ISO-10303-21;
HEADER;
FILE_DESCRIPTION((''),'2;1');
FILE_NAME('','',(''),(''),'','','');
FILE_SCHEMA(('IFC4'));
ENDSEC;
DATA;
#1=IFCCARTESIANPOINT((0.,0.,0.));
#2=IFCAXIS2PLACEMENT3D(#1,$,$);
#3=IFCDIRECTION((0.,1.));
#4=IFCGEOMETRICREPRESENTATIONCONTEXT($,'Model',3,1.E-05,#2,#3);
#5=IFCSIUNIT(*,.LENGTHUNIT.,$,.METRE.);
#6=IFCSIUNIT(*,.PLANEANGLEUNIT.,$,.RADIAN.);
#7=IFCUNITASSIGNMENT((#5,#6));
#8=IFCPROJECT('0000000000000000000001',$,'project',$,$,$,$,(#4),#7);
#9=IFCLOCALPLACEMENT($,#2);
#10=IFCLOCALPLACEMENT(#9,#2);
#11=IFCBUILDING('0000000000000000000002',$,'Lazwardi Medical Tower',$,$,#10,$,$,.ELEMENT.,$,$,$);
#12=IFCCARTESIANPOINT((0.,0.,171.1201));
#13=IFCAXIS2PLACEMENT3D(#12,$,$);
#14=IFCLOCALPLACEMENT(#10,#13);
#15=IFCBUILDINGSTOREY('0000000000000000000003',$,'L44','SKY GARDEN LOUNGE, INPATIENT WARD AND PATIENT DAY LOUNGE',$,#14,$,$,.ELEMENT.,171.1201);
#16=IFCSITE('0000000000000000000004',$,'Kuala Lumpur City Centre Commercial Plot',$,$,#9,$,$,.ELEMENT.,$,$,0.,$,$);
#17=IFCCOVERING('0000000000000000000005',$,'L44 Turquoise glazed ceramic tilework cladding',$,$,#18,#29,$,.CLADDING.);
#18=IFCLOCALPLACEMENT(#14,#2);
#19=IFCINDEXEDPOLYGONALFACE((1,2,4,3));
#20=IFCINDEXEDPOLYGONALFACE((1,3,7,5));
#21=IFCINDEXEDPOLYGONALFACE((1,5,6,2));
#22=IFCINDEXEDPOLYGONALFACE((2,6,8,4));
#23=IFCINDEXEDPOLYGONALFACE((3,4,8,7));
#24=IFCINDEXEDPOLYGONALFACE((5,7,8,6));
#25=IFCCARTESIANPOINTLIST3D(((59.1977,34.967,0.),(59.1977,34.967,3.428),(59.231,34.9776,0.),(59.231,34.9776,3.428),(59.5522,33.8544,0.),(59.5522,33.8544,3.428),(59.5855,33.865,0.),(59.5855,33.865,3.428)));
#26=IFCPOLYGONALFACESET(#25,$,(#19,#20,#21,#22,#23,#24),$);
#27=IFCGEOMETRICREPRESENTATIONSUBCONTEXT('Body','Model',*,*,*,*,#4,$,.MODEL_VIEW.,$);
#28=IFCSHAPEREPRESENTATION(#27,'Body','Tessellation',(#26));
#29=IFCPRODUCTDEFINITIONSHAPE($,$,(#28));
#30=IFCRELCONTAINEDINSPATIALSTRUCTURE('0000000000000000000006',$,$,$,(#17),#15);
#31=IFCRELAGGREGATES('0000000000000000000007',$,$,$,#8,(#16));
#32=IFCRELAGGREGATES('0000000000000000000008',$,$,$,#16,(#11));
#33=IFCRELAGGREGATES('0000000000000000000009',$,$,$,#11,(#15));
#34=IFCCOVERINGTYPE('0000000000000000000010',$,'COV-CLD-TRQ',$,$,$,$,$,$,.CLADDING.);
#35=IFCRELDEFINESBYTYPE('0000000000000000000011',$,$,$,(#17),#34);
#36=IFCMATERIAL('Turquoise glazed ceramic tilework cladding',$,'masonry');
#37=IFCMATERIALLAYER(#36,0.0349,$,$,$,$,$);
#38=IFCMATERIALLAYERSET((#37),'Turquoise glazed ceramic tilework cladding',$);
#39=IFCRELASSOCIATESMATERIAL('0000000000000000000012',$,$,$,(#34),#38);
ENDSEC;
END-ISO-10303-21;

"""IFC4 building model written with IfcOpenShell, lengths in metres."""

from ifc_helpers import new_model, si_unit, direction, frame, origin, origin_2d, place, context, subcontext, project, spatial, rectangle, extrude, material, layer, layer_set, type_object, element, save


model = new_model("IFC4")

# Units and contexts
model_context = context("Model", 3, precision=1e-05, world=origin(), true_north=direction((0.0, 1.0)))
body_context = subcontext(model_context, "Body", "Model", "MODEL_VIEW")
ifc_project = project(units=[si_unit("LENGTHUNIT", "METRE"), si_unit("PLANEANGLEUNIT", "RADIAN")], contexts=[model_context])

# Site, building, storey
site_placement = place(None, origin())
site = spatial("IfcSite", under=ifc_project, at=site_placement, Name="Kuala Lumpur City Centre Commercial Plot", CompositionType="ELEMENT", RefElevation=0.0)
building_placement = place(site_placement, origin())
building = spatial("IfcBuilding", under=site, at=building_placement, Name="Lazwardi Medical Tower", CompositionType="ELEMENT")
storey_placement = place(building_placement, frame((0.0, 0.0, 171.1201)))
storey = spatial("IfcBuildingStorey", under=building, at=storey_placement, Name="L44", Description="SKY GARDEN LOUNGE, INPATIENT WARD AND PATIENT DAY LOUNGE", CompositionType="ELEMENT", Elevation=171.1201)

# Covering
ifc_material_1 = material(Name="Turquoise glazed ceramic tilework cladding", Category="masonry")
ifc_layer_1 = layer(ifc_material_1, 0.0349)
ifc_layer_set_1 = layer_set([ifc_layer_1], Name="Turquoise glazed ceramic tilework cladding")
covering_type_1 = type_object("IfcCoveringType", Name="COV-CLD-TRQ", PredefinedType="CLADDING", material=ifc_layer_set_1)
covering_1_placement = place(storey_placement, frame((59.3916, 34.416, 0.0), z_axis=(0.0, 0.0, 1.0), x_axis=(-0.303561, 0.952812, 0.0)))
element("IfcCovering", 1, at=covering_1_placement, inside=storey, type_object=covering_type_1, Name="L44 Turquoise glazed ceramic tilework cladding", PredefinedType="CLADDING", context=body_context, shape_type="SweptSolid", body=[
    extrude(rectangle(XDim=1.1677, YDim=0.0349, at=origin_2d()), origin(), (0.0, 0.0, 1.0), 3.428),
])

save(model, "model.ifc")
